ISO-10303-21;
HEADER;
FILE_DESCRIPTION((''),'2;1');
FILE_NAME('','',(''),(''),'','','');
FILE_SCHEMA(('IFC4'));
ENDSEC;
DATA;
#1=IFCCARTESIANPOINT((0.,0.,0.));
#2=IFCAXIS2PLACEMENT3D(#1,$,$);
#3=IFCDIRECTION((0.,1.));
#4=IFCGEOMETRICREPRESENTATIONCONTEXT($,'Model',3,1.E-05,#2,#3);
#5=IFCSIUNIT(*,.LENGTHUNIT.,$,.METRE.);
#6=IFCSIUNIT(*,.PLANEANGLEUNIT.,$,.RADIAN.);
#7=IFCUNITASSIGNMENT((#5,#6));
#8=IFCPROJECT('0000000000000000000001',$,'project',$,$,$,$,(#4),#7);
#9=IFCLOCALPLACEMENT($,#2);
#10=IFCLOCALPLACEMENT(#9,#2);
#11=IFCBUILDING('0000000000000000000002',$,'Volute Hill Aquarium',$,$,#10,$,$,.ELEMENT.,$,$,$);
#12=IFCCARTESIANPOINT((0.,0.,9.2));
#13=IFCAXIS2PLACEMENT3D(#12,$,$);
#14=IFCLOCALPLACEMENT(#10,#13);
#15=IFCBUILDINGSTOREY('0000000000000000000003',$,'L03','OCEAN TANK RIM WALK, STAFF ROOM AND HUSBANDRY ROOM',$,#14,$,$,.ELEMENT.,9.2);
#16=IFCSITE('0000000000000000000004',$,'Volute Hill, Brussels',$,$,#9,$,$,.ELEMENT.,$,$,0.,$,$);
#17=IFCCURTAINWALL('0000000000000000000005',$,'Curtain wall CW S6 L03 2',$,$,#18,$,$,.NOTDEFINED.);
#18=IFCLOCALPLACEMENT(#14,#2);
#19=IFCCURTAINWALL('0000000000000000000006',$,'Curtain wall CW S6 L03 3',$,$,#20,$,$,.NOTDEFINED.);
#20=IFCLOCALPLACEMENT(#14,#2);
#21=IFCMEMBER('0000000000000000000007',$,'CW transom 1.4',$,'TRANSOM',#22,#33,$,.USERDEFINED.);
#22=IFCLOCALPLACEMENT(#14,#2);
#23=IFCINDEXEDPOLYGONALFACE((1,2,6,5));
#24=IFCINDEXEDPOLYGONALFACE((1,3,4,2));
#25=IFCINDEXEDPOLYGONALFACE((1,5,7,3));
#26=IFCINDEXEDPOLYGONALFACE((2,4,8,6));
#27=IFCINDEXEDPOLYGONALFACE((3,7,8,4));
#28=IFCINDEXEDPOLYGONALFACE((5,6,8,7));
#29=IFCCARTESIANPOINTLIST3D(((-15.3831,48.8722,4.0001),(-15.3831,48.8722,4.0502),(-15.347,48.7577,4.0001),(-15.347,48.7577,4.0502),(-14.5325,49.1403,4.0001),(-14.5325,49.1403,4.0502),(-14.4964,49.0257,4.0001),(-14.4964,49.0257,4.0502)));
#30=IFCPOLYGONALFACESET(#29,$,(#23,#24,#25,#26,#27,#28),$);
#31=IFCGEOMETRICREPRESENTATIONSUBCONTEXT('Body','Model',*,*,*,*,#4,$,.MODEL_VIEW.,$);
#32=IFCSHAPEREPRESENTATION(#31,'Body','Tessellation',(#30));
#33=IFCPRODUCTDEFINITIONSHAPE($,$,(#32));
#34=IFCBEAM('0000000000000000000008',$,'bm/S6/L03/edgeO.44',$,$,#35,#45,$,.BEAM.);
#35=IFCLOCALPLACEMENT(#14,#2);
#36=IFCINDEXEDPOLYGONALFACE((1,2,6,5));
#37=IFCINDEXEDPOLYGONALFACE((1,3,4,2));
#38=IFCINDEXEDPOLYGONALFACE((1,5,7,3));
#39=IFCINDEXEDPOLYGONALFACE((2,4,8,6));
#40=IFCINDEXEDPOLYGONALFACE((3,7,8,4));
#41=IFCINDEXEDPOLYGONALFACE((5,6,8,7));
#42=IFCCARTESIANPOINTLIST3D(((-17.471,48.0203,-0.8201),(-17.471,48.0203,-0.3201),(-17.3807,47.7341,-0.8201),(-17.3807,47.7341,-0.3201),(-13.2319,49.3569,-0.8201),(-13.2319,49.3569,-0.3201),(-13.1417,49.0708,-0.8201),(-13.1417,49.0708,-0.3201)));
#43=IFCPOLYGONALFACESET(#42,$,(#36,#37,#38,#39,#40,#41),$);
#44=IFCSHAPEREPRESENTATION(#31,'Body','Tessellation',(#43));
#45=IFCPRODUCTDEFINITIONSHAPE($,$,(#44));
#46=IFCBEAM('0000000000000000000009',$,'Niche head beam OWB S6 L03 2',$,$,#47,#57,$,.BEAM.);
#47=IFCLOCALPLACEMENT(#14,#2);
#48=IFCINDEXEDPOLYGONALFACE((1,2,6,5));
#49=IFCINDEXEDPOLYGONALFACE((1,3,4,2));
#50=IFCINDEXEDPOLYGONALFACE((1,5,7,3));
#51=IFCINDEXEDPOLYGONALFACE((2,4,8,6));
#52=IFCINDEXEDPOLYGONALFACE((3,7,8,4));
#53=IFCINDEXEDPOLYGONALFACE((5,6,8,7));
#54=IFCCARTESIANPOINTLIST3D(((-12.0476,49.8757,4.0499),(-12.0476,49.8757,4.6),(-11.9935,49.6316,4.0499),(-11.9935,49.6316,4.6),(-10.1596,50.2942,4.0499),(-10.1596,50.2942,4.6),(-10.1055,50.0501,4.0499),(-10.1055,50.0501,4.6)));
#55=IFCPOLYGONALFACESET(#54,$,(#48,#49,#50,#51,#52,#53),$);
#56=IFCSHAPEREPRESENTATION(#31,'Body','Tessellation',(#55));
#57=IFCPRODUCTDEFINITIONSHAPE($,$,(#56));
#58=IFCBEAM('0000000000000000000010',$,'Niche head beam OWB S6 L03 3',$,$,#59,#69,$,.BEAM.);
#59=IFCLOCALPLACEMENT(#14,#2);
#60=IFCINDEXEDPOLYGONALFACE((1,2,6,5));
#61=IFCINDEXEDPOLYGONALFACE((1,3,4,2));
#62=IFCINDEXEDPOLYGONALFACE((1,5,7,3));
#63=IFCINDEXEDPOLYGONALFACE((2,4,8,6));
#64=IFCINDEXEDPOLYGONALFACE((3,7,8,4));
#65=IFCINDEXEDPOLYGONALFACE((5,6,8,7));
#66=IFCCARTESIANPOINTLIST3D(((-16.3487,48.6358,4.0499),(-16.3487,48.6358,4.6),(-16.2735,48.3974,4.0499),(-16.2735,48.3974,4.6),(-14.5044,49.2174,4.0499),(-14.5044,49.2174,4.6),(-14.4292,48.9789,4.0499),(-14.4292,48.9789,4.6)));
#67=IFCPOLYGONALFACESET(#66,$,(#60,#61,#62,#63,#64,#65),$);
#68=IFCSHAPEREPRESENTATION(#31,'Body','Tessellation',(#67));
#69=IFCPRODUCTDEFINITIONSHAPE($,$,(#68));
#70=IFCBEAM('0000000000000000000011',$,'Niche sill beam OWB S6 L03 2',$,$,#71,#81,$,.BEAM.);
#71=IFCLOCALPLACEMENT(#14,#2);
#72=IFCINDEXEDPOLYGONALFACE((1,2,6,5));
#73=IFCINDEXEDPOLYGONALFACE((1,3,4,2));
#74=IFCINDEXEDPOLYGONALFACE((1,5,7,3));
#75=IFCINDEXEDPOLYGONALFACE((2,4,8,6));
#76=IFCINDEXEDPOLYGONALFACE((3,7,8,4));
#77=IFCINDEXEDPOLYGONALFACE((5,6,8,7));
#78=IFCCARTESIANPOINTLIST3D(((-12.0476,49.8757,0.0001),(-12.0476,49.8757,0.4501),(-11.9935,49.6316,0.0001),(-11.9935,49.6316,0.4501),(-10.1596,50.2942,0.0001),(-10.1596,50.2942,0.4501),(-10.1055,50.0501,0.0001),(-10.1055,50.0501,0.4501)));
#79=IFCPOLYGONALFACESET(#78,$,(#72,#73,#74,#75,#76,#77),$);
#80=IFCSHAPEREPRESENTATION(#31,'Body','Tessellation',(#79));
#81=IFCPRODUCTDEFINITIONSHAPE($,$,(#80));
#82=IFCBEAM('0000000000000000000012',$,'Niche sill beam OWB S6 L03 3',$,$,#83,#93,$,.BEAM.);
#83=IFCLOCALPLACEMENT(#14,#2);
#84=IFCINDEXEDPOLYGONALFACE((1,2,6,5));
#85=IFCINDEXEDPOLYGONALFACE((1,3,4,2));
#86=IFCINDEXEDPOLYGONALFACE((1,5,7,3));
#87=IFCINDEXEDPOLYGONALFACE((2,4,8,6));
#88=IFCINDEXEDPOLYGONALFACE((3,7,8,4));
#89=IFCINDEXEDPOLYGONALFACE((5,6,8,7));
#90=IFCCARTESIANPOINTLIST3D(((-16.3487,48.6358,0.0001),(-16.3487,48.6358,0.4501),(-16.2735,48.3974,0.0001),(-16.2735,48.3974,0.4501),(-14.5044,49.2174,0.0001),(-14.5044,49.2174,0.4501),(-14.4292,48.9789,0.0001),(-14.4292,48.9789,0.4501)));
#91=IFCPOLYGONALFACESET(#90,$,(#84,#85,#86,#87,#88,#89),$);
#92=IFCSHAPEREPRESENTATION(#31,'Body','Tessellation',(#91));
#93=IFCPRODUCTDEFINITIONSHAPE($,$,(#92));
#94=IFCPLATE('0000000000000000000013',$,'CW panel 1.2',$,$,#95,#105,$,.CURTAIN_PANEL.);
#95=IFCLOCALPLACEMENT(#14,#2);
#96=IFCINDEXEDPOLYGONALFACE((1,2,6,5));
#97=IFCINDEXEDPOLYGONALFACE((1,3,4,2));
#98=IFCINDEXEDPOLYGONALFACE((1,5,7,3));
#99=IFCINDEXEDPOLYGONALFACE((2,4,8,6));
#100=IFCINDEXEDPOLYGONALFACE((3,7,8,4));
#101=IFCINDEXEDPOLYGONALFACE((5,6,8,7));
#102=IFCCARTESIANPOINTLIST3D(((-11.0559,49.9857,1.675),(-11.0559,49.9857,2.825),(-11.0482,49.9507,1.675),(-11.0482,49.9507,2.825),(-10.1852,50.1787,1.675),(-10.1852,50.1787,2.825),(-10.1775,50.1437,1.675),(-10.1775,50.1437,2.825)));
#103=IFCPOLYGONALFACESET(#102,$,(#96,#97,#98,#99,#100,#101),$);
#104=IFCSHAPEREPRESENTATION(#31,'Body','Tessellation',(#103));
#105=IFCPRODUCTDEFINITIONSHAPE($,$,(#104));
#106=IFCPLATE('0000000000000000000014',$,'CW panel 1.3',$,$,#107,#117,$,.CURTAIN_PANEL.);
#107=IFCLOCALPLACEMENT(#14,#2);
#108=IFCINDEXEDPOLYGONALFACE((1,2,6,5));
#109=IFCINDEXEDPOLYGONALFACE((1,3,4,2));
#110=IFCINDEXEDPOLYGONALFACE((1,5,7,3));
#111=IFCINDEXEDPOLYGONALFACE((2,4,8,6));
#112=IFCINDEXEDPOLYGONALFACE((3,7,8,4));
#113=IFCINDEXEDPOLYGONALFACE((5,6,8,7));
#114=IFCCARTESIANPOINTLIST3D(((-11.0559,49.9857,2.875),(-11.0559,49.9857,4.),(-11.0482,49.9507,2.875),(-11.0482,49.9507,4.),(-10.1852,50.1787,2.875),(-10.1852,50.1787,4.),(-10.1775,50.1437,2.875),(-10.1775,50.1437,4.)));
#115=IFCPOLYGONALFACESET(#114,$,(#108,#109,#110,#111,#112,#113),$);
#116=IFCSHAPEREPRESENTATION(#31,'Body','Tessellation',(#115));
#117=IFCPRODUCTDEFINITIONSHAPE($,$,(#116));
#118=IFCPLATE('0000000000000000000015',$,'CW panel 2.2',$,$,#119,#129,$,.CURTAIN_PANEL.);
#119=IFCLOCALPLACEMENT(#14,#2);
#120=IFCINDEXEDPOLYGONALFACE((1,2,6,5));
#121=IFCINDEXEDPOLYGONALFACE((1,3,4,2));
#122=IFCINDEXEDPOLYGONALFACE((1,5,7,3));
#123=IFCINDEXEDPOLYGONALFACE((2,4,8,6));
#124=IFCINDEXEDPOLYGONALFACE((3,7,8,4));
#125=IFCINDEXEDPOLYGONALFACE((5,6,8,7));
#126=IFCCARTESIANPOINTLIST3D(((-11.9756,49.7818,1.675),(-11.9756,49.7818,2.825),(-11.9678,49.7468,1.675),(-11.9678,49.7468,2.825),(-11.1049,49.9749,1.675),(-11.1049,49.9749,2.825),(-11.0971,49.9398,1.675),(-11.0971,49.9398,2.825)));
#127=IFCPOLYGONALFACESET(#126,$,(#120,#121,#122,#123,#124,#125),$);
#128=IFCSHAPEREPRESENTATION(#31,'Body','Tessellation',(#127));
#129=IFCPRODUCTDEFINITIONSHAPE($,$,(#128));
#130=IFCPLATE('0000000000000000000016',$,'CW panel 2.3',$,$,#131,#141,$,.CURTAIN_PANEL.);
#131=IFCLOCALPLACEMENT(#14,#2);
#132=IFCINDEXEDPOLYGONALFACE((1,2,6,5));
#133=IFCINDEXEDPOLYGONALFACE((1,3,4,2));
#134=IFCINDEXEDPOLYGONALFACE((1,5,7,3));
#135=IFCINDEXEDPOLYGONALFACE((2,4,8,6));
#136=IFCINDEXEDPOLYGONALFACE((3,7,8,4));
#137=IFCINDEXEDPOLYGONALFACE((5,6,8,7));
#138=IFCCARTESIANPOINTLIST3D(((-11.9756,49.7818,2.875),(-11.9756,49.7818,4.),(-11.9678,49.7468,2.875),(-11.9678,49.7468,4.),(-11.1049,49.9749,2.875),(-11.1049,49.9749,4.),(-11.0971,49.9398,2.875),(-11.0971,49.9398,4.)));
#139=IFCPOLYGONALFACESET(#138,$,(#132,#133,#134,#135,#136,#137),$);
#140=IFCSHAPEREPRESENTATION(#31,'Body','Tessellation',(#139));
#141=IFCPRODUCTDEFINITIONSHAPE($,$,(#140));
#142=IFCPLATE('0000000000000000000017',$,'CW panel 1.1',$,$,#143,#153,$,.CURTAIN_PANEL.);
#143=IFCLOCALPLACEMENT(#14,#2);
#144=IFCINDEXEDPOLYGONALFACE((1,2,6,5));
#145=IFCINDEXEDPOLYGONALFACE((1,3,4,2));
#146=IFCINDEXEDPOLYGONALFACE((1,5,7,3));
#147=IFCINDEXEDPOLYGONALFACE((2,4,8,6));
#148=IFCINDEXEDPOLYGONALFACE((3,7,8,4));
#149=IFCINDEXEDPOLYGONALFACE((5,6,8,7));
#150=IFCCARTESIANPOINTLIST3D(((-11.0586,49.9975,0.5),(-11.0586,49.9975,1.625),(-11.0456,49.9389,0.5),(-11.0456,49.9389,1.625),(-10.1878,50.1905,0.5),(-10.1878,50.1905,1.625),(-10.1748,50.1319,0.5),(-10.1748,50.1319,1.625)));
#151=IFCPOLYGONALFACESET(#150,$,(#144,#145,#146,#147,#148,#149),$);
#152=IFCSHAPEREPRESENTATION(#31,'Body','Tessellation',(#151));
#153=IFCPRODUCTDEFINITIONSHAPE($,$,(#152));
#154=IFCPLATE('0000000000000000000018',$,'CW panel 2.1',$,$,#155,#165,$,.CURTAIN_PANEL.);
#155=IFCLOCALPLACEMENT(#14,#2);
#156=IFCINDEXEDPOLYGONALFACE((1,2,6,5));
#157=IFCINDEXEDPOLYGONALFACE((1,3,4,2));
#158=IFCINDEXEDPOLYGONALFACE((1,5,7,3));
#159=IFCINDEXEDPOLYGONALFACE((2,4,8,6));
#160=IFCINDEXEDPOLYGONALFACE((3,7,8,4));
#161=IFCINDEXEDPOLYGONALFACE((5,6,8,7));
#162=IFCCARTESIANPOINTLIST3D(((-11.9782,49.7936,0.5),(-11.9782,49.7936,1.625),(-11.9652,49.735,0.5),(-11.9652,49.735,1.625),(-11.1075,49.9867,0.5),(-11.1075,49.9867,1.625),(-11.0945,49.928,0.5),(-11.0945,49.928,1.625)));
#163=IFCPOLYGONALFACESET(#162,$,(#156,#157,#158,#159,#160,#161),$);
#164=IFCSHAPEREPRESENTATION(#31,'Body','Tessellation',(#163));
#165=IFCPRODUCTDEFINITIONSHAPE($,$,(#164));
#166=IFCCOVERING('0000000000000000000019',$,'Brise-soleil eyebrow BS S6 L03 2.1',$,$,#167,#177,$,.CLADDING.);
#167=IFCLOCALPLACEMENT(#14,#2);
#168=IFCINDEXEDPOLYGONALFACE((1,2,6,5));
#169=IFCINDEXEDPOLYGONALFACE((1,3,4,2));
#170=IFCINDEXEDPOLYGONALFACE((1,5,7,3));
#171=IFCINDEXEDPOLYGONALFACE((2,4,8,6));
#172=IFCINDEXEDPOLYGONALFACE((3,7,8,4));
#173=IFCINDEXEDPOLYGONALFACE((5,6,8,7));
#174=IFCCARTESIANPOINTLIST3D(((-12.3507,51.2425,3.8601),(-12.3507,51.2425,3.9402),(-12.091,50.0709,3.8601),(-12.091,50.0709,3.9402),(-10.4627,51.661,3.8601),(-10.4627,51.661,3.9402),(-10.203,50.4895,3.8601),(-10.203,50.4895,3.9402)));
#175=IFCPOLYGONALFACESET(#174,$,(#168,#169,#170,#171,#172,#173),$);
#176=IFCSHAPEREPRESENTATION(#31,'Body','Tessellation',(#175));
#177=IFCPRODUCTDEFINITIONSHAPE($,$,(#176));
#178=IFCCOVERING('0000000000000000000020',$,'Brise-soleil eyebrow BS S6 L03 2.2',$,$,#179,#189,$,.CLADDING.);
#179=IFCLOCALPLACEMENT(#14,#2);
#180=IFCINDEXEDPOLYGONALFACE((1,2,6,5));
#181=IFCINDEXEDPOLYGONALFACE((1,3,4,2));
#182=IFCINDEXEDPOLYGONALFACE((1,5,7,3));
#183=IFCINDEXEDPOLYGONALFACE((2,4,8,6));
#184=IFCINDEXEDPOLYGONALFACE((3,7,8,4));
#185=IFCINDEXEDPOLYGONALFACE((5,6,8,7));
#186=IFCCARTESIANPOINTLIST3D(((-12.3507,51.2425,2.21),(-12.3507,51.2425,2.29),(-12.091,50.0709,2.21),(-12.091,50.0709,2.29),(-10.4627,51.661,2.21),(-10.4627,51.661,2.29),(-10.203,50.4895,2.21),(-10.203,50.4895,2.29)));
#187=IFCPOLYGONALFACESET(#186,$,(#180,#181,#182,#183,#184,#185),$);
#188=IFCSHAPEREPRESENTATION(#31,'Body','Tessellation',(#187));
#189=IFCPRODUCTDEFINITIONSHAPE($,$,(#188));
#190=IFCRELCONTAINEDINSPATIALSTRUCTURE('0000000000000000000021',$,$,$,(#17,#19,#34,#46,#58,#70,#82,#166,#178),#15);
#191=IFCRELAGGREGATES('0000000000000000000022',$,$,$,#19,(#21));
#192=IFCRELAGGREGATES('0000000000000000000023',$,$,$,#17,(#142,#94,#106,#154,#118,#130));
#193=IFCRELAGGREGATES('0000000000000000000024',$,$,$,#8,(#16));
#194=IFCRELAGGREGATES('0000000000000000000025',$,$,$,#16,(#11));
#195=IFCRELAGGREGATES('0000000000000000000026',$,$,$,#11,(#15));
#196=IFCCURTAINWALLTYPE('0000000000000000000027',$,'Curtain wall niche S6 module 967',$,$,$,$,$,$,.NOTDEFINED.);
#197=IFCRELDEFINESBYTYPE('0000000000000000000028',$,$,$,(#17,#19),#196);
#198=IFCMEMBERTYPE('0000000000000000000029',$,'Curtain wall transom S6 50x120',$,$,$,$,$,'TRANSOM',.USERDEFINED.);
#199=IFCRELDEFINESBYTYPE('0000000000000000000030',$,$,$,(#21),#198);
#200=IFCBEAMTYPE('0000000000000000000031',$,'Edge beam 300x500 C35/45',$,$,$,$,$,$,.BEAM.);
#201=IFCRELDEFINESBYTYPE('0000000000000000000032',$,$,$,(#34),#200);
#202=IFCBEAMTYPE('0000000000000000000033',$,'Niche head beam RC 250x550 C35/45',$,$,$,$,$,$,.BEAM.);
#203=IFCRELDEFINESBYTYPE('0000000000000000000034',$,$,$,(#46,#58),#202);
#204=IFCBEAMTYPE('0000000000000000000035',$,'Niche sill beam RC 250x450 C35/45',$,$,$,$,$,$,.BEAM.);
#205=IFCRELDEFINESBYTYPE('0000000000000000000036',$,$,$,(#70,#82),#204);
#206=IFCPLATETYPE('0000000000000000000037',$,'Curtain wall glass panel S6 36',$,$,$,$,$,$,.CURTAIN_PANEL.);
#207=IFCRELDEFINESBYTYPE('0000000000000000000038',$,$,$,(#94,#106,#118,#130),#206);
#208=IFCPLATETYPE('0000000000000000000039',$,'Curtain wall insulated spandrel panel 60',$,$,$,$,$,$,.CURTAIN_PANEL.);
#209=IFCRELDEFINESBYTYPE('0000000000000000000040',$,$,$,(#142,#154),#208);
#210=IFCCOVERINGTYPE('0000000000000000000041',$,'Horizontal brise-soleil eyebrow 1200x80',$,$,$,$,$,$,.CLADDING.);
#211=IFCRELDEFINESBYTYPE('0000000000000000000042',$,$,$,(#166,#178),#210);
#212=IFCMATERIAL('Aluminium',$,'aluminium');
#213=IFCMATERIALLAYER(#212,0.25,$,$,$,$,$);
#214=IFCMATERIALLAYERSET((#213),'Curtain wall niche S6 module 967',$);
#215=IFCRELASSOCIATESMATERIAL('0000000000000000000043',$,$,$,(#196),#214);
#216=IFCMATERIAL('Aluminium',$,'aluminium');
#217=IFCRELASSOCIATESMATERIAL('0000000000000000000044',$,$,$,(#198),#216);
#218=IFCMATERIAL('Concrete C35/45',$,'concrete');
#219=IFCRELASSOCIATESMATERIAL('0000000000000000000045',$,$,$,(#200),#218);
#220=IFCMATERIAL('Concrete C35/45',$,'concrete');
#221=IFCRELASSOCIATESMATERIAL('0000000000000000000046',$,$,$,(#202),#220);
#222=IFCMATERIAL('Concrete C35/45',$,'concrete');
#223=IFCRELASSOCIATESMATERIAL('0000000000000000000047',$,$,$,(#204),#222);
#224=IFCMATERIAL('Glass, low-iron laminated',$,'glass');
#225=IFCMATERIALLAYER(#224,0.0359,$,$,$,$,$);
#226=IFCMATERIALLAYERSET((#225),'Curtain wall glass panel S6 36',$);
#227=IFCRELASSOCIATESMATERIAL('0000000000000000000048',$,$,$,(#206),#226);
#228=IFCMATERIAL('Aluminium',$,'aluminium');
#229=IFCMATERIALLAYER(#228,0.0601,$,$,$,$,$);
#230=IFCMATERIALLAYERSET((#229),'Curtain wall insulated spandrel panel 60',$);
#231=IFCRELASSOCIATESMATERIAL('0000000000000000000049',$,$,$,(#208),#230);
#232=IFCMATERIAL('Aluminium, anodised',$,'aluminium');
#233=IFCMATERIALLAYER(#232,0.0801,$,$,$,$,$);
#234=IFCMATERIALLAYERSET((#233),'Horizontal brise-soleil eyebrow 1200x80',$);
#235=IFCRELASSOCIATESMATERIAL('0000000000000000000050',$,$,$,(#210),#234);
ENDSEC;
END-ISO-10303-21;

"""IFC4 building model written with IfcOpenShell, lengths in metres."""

from ifc_helpers import new_model, si_unit, direction, frame, origin, origin_2d, place, context, subcontext, project, spatial, rectangle, extrude, material, layer, layer_set, material_profile, profile_set, type_object, element, aggregate, save


model = new_model("IFC4")

# Units and contexts
model_context = context("Model", 3, precision=1e-05, world=origin(), true_north=direction((0.0, 1.0)))
body_context = subcontext(model_context, "Body", "Model", "MODEL_VIEW")
ifc_project = project(units=[si_unit("LENGTHUNIT", "METRE"), si_unit("PLANEANGLEUNIT", "RADIAN")], contexts=[model_context])

# Site, building, storey
site_placement = place(None, origin())
site = spatial("IfcSite", under=ifc_project, at=site_placement, Name="Volute Hill, Brussels", CompositionType="ELEMENT", RefElevation=0.0)
building_placement = place(site_placement, origin())
building = spatial("IfcBuilding", under=site, at=building_placement, Name="Volute Hill Aquarium", CompositionType="ELEMENT")
storey_placement = place(building_placement, frame((0.0, 0.0, 9.2)))
storey = spatial("IfcBuildingStorey", under=building, at=storey_placement, Name="L03", Description="OCEAN TANK RIM WALK, STAFF ROOM AND HUSBANDRY ROOM", CompositionType="ELEMENT", Elevation=9.2)

# Curtain wall
ifc_material_1 = material(Name="Aluminium", Category="aluminium")
ifc_layer_1 = layer(ifc_material_1, 0.25)
ifc_layer_set_1 = layer_set([ifc_layer_1], Name="Curtain wall niche S6 module 967")
curtain_wall_type = type_object("IfcCurtainWallType", Name="Curtain wall niche S6 module 967", PredefinedType="NOTDEFINED", material=ifc_layer_set_1)
curtain_wall_1_placement = place(storey_placement, origin())
curtain_wall_1 = element("IfcCurtainWall", 1, at=curtain_wall_1_placement, inside=storey, type_object=curtain_wall_type, Name="Curtain wall CW S6 L03 2", PredefinedType="NOTDEFINED")

# Curtain wall
curtain_wall_2_placement = place(storey_placement, origin())
curtain_wall_2 = element("IfcCurtainWall", 2, at=curtain_wall_2_placement, inside=storey, type_object=curtain_wall_type, Name="Curtain wall CW S6 L03 3", PredefinedType="NOTDEFINED")

# Member
ifc_material_2 = material(Name="Aluminium", Category="aluminium")
ifc_material_profile_1 = material_profile(ifc_material_2, rectangle(XDim=0.1201, YDim=0.05, at=origin_2d()), Name="Curtain wall transom S6 50x120")
ifc_profile_set_1 = profile_set([ifc_material_profile_1], Name="Aluminium")
member_type_1 = type_object("IfcMemberType", Name="Curtain wall transom S6 50x120", ElementType="TRANSOM", PredefinedType="USERDEFINED", material=ifc_profile_set_1)
member_1_placement = place(storey_placement, frame((-14.5144, 49.083, 4.0251), z_axis=(-0.953756, -0.300581, 0.0), x_axis=(0.300581, -0.953756, 0.0)))
member_1 = element("IfcMember", 3, at=member_1_placement, type_object=member_type_1, Name="CW transom 1.4", ObjectType="TRANSOM", PredefinedType="USERDEFINED", context=body_context, shape_type="SweptSolid", body=[
    extrude(rectangle(XDim=0.1201, YDim=0.05, at=origin_2d()), origin(), (0.0, 0.0, 1.0), 0.8918),
])
aggregate(curtain_wall_2, [member_1])

# Beams
ifc_material_3 = material(Name="Concrete C35/45", Category="concrete")
ifc_material_profile_2 = material_profile(ifc_material_3, rectangle(XDim=0.3, YDim=0.5, at=origin_2d()), Name="RC edge beam 300x500")
ifc_profile_set_2 = profile_set([ifc_material_profile_2], Name="Concrete C35/45")
beam_type_1 = type_object("IfcBeamType", Name="Edge beam 300x500 C35/45", PredefinedType="BEAM", material=ifc_profile_set_2)
beam_placement = place(storey_placement, frame((-13.1868, 49.2139, -0.5701), z_axis=(-0.95371, -0.300729, 0.0), x_axis=(0.300729, -0.95371, 0.0)))
element("IfcBeam", 4, at=beam_placement, inside=storey, type_object=beam_type_1, Name="bm/S6/L03/edgeO.44", PredefinedType="BEAM", context=body_context, shape_type="SweptSolid", body=[
    extrude(rectangle(XDim=0.3, YDim=0.5, at=origin_2d()), origin(), (0.0, 0.0, 1.0), 4.4448),
])
ifc_material_4 = material(Name="Concrete C35/45", Category="concrete")
ifc_material_profile_3 = material_profile(ifc_material_4, rectangle(XDim=0.25, YDim=0.55, at=origin_2d()), Name="RC beam 250x550")
ifc_profile_set_3 = profile_set([ifc_material_profile_3], Name="Concrete C35/45")
beam_type_2 = type_object("IfcBeamType", Name="Niche head beam RC 250x550 C35/45", PredefinedType="BEAM", material=ifc_profile_set_3)
for number, where, z_axis, x_axis, name in (
    (5, (-10.1326, 50.1721, 4.325), (-0.976306, -0.216396, 0.0), (0.216396, -0.976306, 0.0), "Niche head beam OWB S6 L03 2"),
    (6, (-14.4668, 49.0981, 4.325), (-0.953709, -0.300733, 0.0), (0.300733, -0.953709, 0.0), "Niche head beam OWB S6 L03 3"),
):
    element("IfcBeam", number, at=place(storey_placement, frame(where, z_axis=z_axis, x_axis=x_axis)), inside=storey, type_object=beam_type_2, Name=name, PredefinedType="BEAM", context=body_context, shape_type="SweptSolid", body=[
        extrude(rectangle(XDim=0.25, YDim=0.55, at=origin_2d()), origin(), (0.0, 0.0, 1.0), 1.9338),
    ])
ifc_material_5 = material(Name="Concrete C35/45", Category="concrete")
ifc_material_profile_4 = material_profile(ifc_material_5, rectangle(XDim=0.25, YDim=0.45, at=origin_2d()), Name="RC beam 250x450")
ifc_profile_set_4 = profile_set([ifc_material_profile_4], Name="Concrete C35/45")
beam_type_3 = type_object("IfcBeamType", Name="Niche sill beam RC 250x450 C35/45", PredefinedType="BEAM", material=ifc_profile_set_4)
for number, where, z_axis, x_axis, name in (
    (7, (-10.1326, 50.1721, 0.2251), (-0.976306, -0.216396, 0.0), (0.216396, -0.976306, 0.0), "Niche sill beam OWB S6 L03 2"),
    (8, (-14.4668, 49.0981, 0.2251), (-0.953709, -0.300733, 0.0), (0.300733, -0.953709, 0.0), "Niche sill beam OWB S6 L03 3"),
):
    element("IfcBeam", number, at=place(storey_placement, frame(where, z_axis=z_axis, x_axis=x_axis)), inside=storey, type_object=beam_type_3, Name=name, PredefinedType="BEAM", context=body_context, shape_type="SweptSolid", body=[
        extrude(rectangle(XDim=0.25, YDim=0.45, at=origin_2d()), origin(), (0.0, 0.0, 1.0), 1.9338),
    ])

# Plates
ifc_material_6 = material(Name="Glass, low-iron laminated", Category="glass")
ifc_layer_2 = layer(ifc_material_6, 0.0359)
ifc_layer_set_2 = layer_set([ifc_layer_2], Name="Curtain wall glass panel S6 36")
plate_type_1 = type_object("IfcPlateType", Name="Curtain wall glass panel S6 36", PredefinedType="CURTAIN_PANEL", material=ifc_layer_set_2)
plate_1_placement = place(storey_placement, frame((-10.6167, 50.0647, 1.675), z_axis=(0.0, 0.0, 1.0), x_axis=(-0.976298, -0.216429, 0.0)))
plate_1 = element("IfcPlate", 9, at=plate_1_placement, type_object=plate_type_1, Name="CW panel 1.2", PredefinedType="CURTAIN_PANEL", context=body_context, shape_type="SweptSolid", body=[
    extrude(rectangle(XDim=0.8918, YDim=0.0359, at=origin_2d()), origin(), (0.0, 0.0, 1.0), 1.1499),
])
plate_2_placement = place(storey_placement, frame((-10.6167, 50.0647, 2.875), z_axis=(0.0, 0.0, 1.0), x_axis=(-0.976298, -0.216429, 0.0)))
plate_2 = element("IfcPlate", 10, at=plate_2_placement, type_object=plate_type_1, Name="CW panel 1.3", PredefinedType="CURTAIN_PANEL", context=body_context, shape_type="SweptSolid", body=[
    extrude(rectangle(XDim=0.8918, YDim=0.0359, at=origin_2d()), origin(), (0.0, 0.0, 1.0), 1.125),
])
plate_3_placement = place(storey_placement, frame((-11.5364, 49.8608, 1.675), z_axis=(0.0, 0.0, 1.0), x_axis=(-0.976298, -0.216429, 0.0)))
plate_3 = element("IfcPlate", 11, at=plate_3_placement, type_object=plate_type_1, Name="CW panel 2.2", PredefinedType="CURTAIN_PANEL", context=body_context, shape_type="SweptSolid", body=[
    extrude(rectangle(XDim=0.8918, YDim=0.0359, at=origin_2d()), origin(), (0.0, 0.0, 1.0), 1.1499),
])
plate_4_placement = place(storey_placement, frame((-11.5364, 49.8608, 2.875), z_axis=(0.0, 0.0, 1.0), x_axis=(-0.976298, -0.216429, 0.0)))
plate_4 = element("IfcPlate", 12, at=plate_4_placement, type_object=plate_type_1, Name="CW panel 2.3", PredefinedType="CURTAIN_PANEL", context=body_context, shape_type="SweptSolid", body=[
    extrude(rectangle(XDim=0.8918, YDim=0.0359, at=origin_2d()), origin(), (0.0, 0.0, 1.0), 1.125),
])
ifc_material_7 = material(Name="Aluminium", Category="aluminium")
ifc_layer_3 = layer(ifc_material_7, 0.0601)
ifc_layer_set_3 = layer_set([ifc_layer_3], Name="Curtain wall insulated spandrel panel 60")
plate_type_2 = type_object("IfcPlateType", Name="Curtain wall insulated spandrel panel 60", PredefinedType="CURTAIN_PANEL", material=ifc_layer_set_3)
plate_5_placement = place(storey_placement, frame((-10.6167, 50.0647, 0.5), z_axis=(0.0, 0.0, 1.0), x_axis=(-0.976298, -0.216429, 0.0)))
plate_5 = element("IfcPlate", 13, at=plate_5_placement, type_object=plate_type_2, Name="CW panel 1.1", PredefinedType="CURTAIN_PANEL", context=body_context, shape_type="SweptSolid", body=[
    extrude(rectangle(XDim=0.8918, YDim=0.0601, at=origin_2d()), origin(), (0.0, 0.0, 1.0), 1.125),
])
plate_6_placement = place(storey_placement, frame((-11.5364, 49.8608, 0.5), z_axis=(0.0, 0.0, 1.0), x_axis=(-0.976298, -0.216429, 0.0)))
plate_6 = element("IfcPlate", 14, at=plate_6_placement, type_object=plate_type_2, Name="CW panel 2.1", PredefinedType="CURTAIN_PANEL", context=body_context, shape_type="SweptSolid", body=[
    extrude(rectangle(XDim=0.8918, YDim=0.0601, at=origin_2d()), origin(), (0.0, 0.0, 1.0), 1.125),
])
aggregate(curtain_wall_1, [plate_5, plate_1, plate_2, plate_6, plate_3, plate_4])

# Coverings
ifc_material_8 = material(Name="Aluminium, anodised", Category="aluminium")
ifc_layer_4 = layer(ifc_material_8, 0.0801)
ifc_layer_set_4 = layer_set([ifc_layer_4], Name="Horizontal brise-soleil eyebrow 1200x80")
covering_type_1 = type_object("IfcCoveringType", Name="Horizontal brise-soleil eyebrow 1200x80", PredefinedType="CLADDING", material=ifc_layer_set_4)
for number, where, z_axis, x_axis, name in (
    (15, (-11.2769, 50.866, 3.8601), (0.0, 0.0, 1.0), (-0.976298, -0.216429, 0.0), "Brise-soleil eyebrow BS S6 L03 2.1"),
    (16, (-11.2769, 50.866, 2.21), (0.0, 0.0, 1.0), (-0.976298, -0.216429, 0.0), "Brise-soleil eyebrow BS S6 L03 2.2"),
):
    element("IfcCovering", number, at=place(storey_placement, frame(where, z_axis=z_axis, x_axis=x_axis)), inside=storey, type_object=covering_type_1, Name=name, PredefinedType="CLADDING", context=body_context, shape_type="SweptSolid", body=[
        extrude(rectangle(XDim=1.9338, YDim=1.2, at=origin_2d()), origin(), (0.0, 0.0, 1.0), 0.0801),
    ])

save(model, "model.ifc")
